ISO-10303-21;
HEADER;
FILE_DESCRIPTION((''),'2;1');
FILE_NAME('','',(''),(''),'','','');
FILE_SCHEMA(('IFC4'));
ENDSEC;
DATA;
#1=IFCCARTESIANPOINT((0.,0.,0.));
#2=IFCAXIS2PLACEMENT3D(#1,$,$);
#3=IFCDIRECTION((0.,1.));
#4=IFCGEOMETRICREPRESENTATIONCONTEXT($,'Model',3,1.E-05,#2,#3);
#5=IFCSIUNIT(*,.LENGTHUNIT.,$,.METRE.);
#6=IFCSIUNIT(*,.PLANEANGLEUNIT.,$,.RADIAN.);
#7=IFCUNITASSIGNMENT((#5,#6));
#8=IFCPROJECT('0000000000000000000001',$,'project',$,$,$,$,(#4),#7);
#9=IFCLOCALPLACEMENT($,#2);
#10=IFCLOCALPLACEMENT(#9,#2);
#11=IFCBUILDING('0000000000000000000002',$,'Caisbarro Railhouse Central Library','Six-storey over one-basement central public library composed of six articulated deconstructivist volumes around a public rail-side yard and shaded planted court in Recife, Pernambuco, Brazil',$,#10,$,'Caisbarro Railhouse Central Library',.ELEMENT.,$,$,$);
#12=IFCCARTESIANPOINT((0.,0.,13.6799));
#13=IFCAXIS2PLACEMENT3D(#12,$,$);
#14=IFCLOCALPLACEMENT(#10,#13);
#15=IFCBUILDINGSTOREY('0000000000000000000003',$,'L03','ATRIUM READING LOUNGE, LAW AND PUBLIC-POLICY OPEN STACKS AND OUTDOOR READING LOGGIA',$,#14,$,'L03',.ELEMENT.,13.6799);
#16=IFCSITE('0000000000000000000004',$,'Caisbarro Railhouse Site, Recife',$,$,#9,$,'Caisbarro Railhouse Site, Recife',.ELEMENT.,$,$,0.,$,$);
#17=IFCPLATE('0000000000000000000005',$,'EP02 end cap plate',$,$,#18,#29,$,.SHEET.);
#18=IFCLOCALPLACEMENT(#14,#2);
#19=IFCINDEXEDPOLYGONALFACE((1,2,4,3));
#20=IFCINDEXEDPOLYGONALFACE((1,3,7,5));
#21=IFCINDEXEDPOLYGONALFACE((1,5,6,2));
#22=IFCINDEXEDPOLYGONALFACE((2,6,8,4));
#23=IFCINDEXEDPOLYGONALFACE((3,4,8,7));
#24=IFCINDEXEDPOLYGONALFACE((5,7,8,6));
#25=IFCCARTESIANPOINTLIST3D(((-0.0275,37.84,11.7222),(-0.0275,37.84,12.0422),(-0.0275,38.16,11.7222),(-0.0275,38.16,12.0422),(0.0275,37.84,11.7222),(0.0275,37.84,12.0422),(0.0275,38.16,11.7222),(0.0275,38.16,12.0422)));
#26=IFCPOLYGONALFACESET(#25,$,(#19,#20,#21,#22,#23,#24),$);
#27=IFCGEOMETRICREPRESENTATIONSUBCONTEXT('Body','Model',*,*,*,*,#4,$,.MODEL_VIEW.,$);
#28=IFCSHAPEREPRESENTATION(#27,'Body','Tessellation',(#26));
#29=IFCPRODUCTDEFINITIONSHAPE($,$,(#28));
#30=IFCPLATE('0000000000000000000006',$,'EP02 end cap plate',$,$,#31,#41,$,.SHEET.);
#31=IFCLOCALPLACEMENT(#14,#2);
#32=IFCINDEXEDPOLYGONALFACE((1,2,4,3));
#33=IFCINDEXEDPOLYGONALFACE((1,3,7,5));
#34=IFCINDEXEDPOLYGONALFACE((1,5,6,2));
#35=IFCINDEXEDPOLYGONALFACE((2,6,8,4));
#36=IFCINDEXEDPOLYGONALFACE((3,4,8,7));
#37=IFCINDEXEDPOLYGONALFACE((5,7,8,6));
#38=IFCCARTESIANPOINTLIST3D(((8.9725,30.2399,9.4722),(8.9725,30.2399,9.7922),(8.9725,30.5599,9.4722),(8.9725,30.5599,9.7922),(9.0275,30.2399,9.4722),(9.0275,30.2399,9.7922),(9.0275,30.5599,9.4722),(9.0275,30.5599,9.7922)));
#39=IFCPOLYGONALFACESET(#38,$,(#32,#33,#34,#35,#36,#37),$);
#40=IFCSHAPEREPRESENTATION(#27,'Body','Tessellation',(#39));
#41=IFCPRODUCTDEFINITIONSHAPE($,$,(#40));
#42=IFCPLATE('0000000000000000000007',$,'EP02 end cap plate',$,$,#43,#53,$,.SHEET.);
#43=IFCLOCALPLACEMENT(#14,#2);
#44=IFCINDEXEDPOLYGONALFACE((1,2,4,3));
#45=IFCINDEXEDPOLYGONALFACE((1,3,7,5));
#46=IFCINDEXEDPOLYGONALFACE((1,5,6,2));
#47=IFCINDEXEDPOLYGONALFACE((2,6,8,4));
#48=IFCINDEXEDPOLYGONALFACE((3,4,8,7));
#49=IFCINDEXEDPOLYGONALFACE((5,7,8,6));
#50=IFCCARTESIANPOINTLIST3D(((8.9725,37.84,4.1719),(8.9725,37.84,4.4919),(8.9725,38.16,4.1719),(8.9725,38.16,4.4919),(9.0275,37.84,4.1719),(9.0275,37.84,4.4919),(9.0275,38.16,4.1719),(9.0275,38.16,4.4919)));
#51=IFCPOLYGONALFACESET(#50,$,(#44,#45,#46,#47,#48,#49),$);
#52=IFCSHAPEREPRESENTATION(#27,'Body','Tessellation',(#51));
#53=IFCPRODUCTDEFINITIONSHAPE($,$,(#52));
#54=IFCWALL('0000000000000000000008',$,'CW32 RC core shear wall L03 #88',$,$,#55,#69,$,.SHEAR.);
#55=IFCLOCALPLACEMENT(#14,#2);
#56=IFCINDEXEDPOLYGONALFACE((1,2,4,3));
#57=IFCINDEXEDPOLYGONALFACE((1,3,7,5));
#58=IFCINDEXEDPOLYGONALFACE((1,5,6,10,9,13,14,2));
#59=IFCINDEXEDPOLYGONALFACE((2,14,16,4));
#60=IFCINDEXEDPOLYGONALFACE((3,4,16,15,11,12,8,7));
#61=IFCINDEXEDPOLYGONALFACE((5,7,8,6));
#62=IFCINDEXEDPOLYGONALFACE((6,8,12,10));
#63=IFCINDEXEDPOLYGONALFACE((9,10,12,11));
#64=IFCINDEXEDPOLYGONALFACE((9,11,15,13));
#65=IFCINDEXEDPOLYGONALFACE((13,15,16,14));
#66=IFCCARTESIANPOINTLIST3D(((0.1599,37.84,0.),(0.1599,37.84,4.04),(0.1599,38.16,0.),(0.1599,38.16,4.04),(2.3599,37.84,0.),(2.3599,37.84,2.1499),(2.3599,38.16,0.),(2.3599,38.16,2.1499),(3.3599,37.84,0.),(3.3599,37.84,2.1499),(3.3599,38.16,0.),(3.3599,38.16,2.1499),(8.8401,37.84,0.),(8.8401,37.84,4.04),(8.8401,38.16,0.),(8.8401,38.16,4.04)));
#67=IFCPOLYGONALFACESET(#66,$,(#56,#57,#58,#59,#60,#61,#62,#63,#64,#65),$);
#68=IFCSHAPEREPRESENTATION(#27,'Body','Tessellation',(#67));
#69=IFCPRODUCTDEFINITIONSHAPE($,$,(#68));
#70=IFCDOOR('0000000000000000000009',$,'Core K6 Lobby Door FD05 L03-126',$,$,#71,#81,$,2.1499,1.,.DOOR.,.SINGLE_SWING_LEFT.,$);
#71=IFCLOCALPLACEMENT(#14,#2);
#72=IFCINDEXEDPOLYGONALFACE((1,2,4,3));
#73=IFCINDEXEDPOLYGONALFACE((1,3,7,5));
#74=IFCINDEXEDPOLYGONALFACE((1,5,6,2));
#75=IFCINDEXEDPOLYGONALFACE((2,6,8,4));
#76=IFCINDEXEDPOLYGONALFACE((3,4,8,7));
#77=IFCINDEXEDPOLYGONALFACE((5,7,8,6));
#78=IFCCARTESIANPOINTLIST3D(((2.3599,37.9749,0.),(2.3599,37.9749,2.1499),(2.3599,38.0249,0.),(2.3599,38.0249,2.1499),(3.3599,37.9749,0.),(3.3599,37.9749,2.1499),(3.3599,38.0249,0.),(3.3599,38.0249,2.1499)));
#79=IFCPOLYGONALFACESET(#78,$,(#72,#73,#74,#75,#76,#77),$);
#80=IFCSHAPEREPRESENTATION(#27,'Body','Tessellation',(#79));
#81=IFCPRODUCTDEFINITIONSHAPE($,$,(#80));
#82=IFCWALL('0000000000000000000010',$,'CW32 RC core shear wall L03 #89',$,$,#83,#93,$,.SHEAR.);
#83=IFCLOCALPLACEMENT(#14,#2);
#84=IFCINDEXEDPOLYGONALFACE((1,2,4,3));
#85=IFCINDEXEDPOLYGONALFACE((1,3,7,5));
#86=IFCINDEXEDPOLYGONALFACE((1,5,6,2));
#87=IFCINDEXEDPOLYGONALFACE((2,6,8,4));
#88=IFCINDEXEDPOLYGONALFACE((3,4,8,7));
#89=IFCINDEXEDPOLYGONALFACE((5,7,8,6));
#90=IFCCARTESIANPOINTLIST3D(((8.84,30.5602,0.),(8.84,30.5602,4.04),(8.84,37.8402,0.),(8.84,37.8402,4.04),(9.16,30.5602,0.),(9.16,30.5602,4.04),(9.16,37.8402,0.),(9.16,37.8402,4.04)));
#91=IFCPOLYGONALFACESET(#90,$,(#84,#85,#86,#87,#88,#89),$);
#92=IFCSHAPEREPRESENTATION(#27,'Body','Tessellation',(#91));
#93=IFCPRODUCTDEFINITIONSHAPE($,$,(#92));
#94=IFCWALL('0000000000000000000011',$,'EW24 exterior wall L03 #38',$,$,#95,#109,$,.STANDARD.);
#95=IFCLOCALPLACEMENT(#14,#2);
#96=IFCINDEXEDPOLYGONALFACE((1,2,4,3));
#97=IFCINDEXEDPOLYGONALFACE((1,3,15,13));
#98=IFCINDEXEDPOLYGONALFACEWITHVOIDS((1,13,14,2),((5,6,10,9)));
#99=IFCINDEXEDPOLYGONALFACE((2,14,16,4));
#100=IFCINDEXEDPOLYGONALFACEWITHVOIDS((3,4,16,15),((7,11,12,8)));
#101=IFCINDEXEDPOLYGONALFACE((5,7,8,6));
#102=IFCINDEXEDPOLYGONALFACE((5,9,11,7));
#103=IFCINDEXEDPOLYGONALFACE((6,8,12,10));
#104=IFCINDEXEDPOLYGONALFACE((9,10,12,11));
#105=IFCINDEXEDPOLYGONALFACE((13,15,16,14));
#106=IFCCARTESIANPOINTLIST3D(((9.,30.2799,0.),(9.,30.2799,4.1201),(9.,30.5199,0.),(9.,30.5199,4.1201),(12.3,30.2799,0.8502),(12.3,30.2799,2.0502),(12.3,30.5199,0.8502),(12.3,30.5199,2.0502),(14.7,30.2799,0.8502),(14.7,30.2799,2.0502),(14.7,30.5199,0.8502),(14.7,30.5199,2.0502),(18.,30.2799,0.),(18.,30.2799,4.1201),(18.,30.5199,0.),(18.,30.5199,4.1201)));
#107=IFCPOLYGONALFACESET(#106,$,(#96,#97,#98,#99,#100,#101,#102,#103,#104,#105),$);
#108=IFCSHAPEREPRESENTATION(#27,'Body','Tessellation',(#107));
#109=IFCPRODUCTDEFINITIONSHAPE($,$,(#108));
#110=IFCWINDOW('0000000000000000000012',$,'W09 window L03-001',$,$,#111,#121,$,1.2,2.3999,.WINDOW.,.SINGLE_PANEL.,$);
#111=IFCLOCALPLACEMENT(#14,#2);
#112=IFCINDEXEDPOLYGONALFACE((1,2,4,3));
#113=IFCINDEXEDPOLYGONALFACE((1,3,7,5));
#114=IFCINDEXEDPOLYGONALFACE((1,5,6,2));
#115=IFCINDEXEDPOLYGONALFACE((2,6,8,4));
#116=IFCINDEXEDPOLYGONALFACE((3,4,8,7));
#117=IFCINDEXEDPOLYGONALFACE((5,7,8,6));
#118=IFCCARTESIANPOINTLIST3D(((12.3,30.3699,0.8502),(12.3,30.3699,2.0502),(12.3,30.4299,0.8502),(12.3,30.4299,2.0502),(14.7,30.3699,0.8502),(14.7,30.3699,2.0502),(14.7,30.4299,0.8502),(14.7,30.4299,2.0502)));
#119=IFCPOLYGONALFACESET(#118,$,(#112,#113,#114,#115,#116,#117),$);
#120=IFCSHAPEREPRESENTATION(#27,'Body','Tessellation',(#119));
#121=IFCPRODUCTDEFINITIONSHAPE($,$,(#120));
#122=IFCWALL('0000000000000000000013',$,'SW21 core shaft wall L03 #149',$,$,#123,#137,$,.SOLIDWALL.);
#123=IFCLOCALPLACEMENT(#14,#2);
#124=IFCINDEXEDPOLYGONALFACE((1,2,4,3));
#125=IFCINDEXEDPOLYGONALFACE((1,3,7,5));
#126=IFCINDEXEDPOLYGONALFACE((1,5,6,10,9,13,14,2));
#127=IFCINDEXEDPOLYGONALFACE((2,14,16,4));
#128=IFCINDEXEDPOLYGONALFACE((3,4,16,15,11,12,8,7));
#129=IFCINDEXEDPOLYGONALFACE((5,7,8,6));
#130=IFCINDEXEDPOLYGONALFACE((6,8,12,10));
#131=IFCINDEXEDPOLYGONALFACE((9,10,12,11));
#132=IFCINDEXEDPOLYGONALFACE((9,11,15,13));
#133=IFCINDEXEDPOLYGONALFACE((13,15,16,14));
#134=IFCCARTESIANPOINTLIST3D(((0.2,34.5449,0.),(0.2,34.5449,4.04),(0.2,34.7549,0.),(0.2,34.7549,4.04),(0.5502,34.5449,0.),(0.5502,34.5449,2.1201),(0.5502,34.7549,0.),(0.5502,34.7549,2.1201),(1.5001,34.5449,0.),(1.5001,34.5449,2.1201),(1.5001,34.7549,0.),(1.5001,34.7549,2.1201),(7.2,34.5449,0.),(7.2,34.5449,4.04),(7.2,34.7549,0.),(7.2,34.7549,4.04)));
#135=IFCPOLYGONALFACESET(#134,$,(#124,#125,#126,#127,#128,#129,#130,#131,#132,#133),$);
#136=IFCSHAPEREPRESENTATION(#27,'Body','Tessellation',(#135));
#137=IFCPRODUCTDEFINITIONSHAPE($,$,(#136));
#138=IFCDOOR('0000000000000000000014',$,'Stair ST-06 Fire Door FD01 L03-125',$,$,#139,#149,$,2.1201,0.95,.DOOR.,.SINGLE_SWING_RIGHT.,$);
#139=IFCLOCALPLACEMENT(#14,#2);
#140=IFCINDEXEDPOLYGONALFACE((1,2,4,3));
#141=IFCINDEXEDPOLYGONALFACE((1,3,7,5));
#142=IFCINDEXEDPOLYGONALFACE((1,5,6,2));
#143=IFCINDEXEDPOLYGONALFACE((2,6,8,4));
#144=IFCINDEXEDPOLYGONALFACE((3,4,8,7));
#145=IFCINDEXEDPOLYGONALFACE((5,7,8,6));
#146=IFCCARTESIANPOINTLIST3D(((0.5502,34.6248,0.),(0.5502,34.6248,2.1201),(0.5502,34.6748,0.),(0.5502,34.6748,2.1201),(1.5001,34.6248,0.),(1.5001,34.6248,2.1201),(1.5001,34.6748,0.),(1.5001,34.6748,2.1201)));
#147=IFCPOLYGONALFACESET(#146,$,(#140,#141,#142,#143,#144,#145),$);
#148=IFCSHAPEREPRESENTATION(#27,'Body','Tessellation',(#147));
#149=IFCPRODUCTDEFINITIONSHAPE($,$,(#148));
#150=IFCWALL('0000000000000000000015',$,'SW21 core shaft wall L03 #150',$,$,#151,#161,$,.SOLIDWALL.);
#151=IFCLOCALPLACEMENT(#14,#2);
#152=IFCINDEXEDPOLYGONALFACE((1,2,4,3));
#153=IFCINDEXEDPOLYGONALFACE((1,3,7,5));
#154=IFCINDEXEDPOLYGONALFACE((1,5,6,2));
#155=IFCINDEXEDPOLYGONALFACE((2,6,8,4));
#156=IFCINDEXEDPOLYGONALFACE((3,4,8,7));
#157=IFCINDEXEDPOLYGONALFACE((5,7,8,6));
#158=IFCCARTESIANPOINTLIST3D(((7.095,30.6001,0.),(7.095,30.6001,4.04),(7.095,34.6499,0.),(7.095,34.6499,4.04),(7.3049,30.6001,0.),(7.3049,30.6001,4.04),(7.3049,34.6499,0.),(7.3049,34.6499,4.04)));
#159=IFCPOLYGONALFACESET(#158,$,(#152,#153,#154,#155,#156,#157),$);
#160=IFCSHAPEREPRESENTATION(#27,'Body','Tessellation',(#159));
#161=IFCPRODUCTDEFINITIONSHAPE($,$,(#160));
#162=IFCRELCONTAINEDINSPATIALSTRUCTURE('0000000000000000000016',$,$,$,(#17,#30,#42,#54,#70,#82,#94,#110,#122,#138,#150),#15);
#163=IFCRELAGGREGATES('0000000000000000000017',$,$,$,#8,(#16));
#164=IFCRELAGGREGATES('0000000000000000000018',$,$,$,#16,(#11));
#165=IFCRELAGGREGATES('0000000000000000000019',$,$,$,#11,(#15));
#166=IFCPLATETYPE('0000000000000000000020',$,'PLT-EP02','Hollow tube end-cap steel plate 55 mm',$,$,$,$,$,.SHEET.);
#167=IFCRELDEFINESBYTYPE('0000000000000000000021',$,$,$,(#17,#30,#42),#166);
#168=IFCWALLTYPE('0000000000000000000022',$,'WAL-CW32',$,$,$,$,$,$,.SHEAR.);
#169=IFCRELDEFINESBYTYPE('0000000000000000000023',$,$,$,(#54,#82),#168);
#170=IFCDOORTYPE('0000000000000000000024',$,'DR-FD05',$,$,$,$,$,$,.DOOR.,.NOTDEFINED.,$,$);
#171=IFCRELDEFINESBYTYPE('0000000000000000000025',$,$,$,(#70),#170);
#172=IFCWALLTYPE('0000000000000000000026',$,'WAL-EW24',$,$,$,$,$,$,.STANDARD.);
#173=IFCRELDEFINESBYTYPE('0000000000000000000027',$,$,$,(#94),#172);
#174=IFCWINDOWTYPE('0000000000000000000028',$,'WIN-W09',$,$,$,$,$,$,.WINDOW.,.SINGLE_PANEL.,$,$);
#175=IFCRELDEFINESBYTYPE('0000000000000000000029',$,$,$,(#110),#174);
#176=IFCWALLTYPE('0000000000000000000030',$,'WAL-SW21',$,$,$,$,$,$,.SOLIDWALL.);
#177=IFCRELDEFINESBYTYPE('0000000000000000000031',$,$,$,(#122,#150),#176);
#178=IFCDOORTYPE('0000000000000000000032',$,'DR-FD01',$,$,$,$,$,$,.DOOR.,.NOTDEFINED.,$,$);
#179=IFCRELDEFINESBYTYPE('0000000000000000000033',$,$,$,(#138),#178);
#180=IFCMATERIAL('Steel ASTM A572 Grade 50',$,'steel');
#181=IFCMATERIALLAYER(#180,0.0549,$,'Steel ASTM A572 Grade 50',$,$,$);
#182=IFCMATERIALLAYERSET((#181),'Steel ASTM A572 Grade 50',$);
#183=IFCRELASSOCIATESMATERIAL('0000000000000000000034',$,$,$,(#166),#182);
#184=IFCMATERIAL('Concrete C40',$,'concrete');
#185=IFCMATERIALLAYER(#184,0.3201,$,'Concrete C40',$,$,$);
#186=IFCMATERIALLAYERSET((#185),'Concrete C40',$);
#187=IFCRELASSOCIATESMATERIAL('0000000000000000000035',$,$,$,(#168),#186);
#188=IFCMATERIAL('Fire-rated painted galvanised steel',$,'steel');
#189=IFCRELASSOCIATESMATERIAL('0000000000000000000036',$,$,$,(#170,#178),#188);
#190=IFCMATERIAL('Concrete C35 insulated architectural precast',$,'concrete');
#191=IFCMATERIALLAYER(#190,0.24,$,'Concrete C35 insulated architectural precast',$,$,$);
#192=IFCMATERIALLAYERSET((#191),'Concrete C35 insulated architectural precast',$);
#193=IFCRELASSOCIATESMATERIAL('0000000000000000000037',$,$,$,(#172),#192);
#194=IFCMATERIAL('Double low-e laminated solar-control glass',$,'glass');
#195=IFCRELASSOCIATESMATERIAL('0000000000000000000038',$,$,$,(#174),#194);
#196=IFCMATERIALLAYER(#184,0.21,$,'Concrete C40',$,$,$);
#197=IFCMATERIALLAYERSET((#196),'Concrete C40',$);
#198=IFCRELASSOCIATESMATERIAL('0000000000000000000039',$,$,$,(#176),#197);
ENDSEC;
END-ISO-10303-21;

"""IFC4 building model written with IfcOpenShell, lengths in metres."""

from ifc_helpers import new_model, si_unit, direction, frame, frame_2d, origin, origin_2d, place, context, subcontext, project, spatial, rectangle, extrude, material, layer, layer_set, type_object, element, fill, save


model = new_model("IFC4")

# Units and contexts
model_context = context("Model", 3, precision=1e-05, world=origin(), true_north=direction((0.0, 1.0)))
body_context = subcontext(model_context, "Body", "Model", "MODEL_VIEW")
ifc_project = project(units=[si_unit("LENGTHUNIT", "METRE"), si_unit("PLANEANGLEUNIT", "RADIAN")], contexts=[model_context])

# Site, building, storey
site_placement = place(None, origin())
site = spatial("IfcSite", under=ifc_project, at=site_placement, Name="Caisbarro Railhouse Site, Recife", LongName="Caisbarro Railhouse Site, Recife", CompositionType="ELEMENT", RefElevation=0.0)
building_placement = place(site_placement, origin())
building = spatial("IfcBuilding", under=site, at=building_placement, Name="Caisbarro Railhouse Central Library", Description="Six-storey over one-basement central public library composed of six articulated deconstructivist volumes around a public rail-side yard and shaded planted court in Recife, Pernambuco, Brazil", LongName="Caisbarro Railhouse Central Library", CompositionType="ELEMENT")
storey_placement = place(building_placement, frame((0.0, 0.0, 13.6799)))
storey = spatial("IfcBuildingStorey", under=building, at=storey_placement, Name="L03", Description="ATRIUM READING LOUNGE, LAW AND PUBLIC-POLICY OPEN STACKS AND OUTDOOR READING LOGGIA", LongName="L03", CompositionType="ELEMENT", Elevation=13.6799)

# Shared definitions
ifc_material_1 = material(Name="Steel ASTM A572 Grade 50", Category="steel")

# Shared definitions
ifc_material_2 = material(Name="Concrete C40", Category="concrete")

# Shared definitions
ifc_material_3 = material(Name="Double low-e laminated solar-control glass", Category="glass")

# Plates
ifc_layer_1 = layer(ifc_material_1, 0.0549, Name="Steel ASTM A572 Grade 50")
ifc_layer_set_1 = layer_set([ifc_layer_1], Name="Steel ASTM A572 Grade 50")
plate_type_1 = type_object("IfcPlateType", Name="PLT-EP02", Description="Hollow tube end-cap steel plate 55 mm", PredefinedType="SHEET", material=ifc_layer_set_1)
for number, where, z_axis, x_axis, name in (
    (1, (0.0, 38.0, 11.7222), (0.0, 0.0, 1.0), (1.0, 0.0, 0.0), "EP02 end cap plate"),
    (2, (9.0, 30.3999, 9.4722), (0.0, 0.0, 1.0), (1.0, 0.0, 0.0), "EP02 end cap plate"),
    (3, (9.0, 38.0, 4.1719), (0.0, 0.0, 1.0), (1.0, 0.0, 0.0), "EP02 end cap plate"),
):
    element("IfcPlate", number, at=place(storey_placement, frame(where, z_axis=z_axis, x_axis=x_axis)), inside=storey, type_object=plate_type_1, Name=name, PredefinedType="SHEET", context=body_context, shape_type="SweptSolid", body=[
        extrude(rectangle(XDim=0.0549, YDim=0.3201, at=origin_2d()), origin(), (0.0, 0.0, 1.0), 0.3201),
    ])

# Wall, opening, door
ifc_layer_2 = layer(ifc_material_2, 0.3201, Name="Concrete C40")
ifc_layer_set_2 = layer_set([ifc_layer_2], Name="Concrete C40")
wall_type_1 = type_object("IfcWallType", Name="WAL-CW32", PredefinedType="SHEAR", material=ifc_layer_set_2)
wall_1_placement = place(storey_placement, frame((0.1599, 38.0, 0.0), z_axis=(0.0, 0.0, 1.0), x_axis=(1.0, 0.0, 0.0)))
wall_1 = element("IfcWall", 4, at=wall_1_placement, inside=storey, type_object=wall_type_1, Name="CW32 RC core shear wall L03 #88", PredefinedType="SHEAR", context=body_context, shape_type="SweptSolid", body=[
    extrude(rectangle(XDim=8.6802, YDim=0.3201, at=frame_2d((4.3401, 0.0))), origin(), (0.0, 0.0, 1.0), 4.04),
])
opening_1_placement = place(wall_1_placement, frame((2.2, 0.0, 0.0)))
opening_1 = element("IfcOpeningElement", 5, at=opening_1_placement, cuts=wall_1, PredefinedType="OPENING", context=body_context, shape_type="SweptSolid", body=[
    extrude(rectangle(XDim=1.0, YDim=2.1499, at=frame_2d((0.5, 1.075))), frame((0.0, 0.1699, 0.0), z_axis=(0.0, -1.0, 0.0), x_axis=(1.0, 0.0, 0.0)), (0.0, 0.0, 1.0), 0.3401),
])
ifc_material_4 = material(Name="Fire-rated painted galvanised steel", Category="steel")
door_type_1 = type_object("IfcDoorType", Name="DR-FD05", OperationType="NOTDEFINED", PredefinedType="DOOR", material=ifc_material_4)
door_1_placement = place(opening_1_placement, origin())
door_1 = element("IfcDoor", 6, at=door_1_placement, inside=storey, type_object=door_type_1, Name="Core K6 Lobby Door FD05 L03-126", OperationType="SINGLE_SWING_LEFT", OverallHeight=2.1499, OverallWidth=1.0, PredefinedType="DOOR", context=body_context, shape_type="SweptSolid", body=[
    extrude(rectangle(XDim=1.0, YDim=2.1499, at=frame_2d((0.5, 1.075))), frame((0.0, 0.0249, 0.0), z_axis=(0.0, -1.0, 0.0), x_axis=(1.0, 0.0, 0.0)), (0.0, 0.0, 1.0), 0.05),
])
fill(opening_1, door_1)

# Wall
wall_2_placement = place(storey_placement, frame((9.0, 30.5601, 0.0), z_axis=(0.0, 0.0, 1.0), x_axis=(0.0, 1.0, 0.0)))
element("IfcWall", 7, at=wall_2_placement, inside=storey, type_object=wall_type_1, Name="CW32 RC core shear wall L03 #89", PredefinedType="SHEAR", context=body_context, shape_type="SweptSolid", body=[
    extrude(rectangle(XDim=7.28, YDim=0.3201, at=frame_2d((3.6401, 0.0))), origin(), (0.0, 0.0, 1.0), 4.04),
])

# Wall, opening, window
ifc_material_5 = material(Name="Concrete C35 insulated architectural precast", Category="concrete")
ifc_layer_3 = layer(ifc_material_5, 0.24, Name="Concrete C35 insulated architectural precast")
ifc_layer_set_3 = layer_set([ifc_layer_3], Name="Concrete C35 insulated architectural precast")
wall_type_2 = type_object("IfcWallType", Name="WAL-EW24", PredefinedType="STANDARD", material=ifc_layer_set_3)
wall_3_placement = place(storey_placement, frame((9.0, 30.3999, 0.0), z_axis=(0.0, 0.0, 1.0), x_axis=(1.0, 0.0, 0.0)))
wall_3 = element("IfcWall", 8, at=wall_3_placement, inside=storey, type_object=wall_type_2, Name="EW24 exterior wall L03 #38", PredefinedType="STANDARD", context=body_context, shape_type="SweptSolid", body=[
    extrude(rectangle(XDim=9.0, YDim=0.24, at=frame_2d((4.5, 0.0))), origin(), (0.0, 0.0, 1.0), 4.1201),
])
opening_2_placement = place(wall_3_placement, frame((3.3, 0.0, 0.8501)))
opening_2 = element("IfcOpeningElement", 9, at=opening_2_placement, cuts=wall_3, PredefinedType="OPENING", context=body_context, shape_type="SweptSolid", body=[
    extrude(rectangle(XDim=2.3999, YDim=1.2, at=frame_2d((1.2, 0.6001))), frame((0.0, 0.1299, 0.0), z_axis=(0.0, -1.0, 0.0), x_axis=(1.0, 0.0, 0.0)), (0.0, 0.0, 1.0), 0.26),
])
window_type = type_object("IfcWindowType", Name="WIN-W09", PartitioningType="SINGLE_PANEL", PredefinedType="WINDOW", material=ifc_material_3)
window_placement = place(opening_2_placement, origin())
window = element("IfcWindow", 10, at=window_placement, inside=storey, type_object=window_type, Name="W09 window L03-001", OverallHeight=1.2, OverallWidth=2.3999, PartitioningType="SINGLE_PANEL", PredefinedType="WINDOW", context=body_context, shape_type="SweptSolid", body=[
    extrude(rectangle(XDim=2.3999, YDim=1.2, at=frame_2d((1.2, 0.6001))), frame((0.0, 0.03, 0.0), z_axis=(0.0, -1.0, 0.0), x_axis=(1.0, 0.0, 0.0)), (0.0, 0.0, 1.0), 0.0601),
])
fill(opening_2, window)

# Wall, opening, door
ifc_layer_4 = layer(ifc_material_2, 0.21, Name="Concrete C40")
ifc_layer_set_4 = layer_set([ifc_layer_4], Name="Concrete C40")
wall_type_3 = type_object("IfcWallType", Name="WAL-SW21", PredefinedType="SOLIDWALL", material=ifc_layer_set_4)
wall_4_placement = place(storey_placement, frame((0.2, 34.6499, 0.0), z_axis=(0.0, 0.0, 1.0), x_axis=(1.0, 0.0, 0.0)))
wall_4 = element("IfcWall", 11, at=wall_4_placement, inside=storey, type_object=wall_type_3, Name="SW21 core shaft wall L03 #149", PredefinedType="SOLIDWALL", context=body_context, shape_type="SweptSolid", body=[
    extrude(rectangle(XDim=7.0, YDim=0.21, at=frame_2d((3.5, 0.0))), origin(), (0.0, 0.0, 1.0), 4.04),
])
opening_3_placement = place(wall_4_placement, frame((0.3501, 0.0, 0.0)))
opening_3 = element("IfcOpeningElement", 12, at=opening_3_placement, cuts=wall_4, PredefinedType="OPENING", context=body_context, shape_type="SweptSolid", body=[
    extrude(rectangle(XDim=0.95, YDim=2.1201, at=frame_2d((0.4751, 1.0601))), frame((0.0, 0.115, 0.0), z_axis=(0.0, -1.0, 0.0), x_axis=(1.0, 0.0, 0.0)), (0.0, 0.0, 1.0), 0.23),
])
door_type_2 = type_object("IfcDoorType", Name="DR-FD01", OperationType="NOTDEFINED", PredefinedType="DOOR", material=ifc_material_4)
door_2_placement = place(opening_3_placement, origin())
door_2 = element("IfcDoor", 13, at=door_2_placement, inside=storey, type_object=door_type_2, Name="Stair ST-06 Fire Door FD01 L03-125", OperationType="SINGLE_SWING_RIGHT", OverallHeight=2.1201, OverallWidth=0.95, PredefinedType="DOOR", context=body_context, shape_type="SweptSolid", body=[
    extrude(rectangle(XDim=0.95, YDim=2.1201, at=frame_2d((0.4751, 1.0601))), frame((0.0, 0.0249, 0.0), z_axis=(0.0, -1.0, 0.0), x_axis=(1.0, 0.0, 0.0)), (0.0, 0.0, 1.0), 0.05),
])
fill(opening_3, door_2)

# Wall
wall_5_placement = place(storey_placement, frame((7.2, 30.6001, 0.0), z_axis=(0.0, 0.0, 1.0), x_axis=(0.0, 1.0, 0.0)))
element("IfcWall", 14, at=wall_5_placement, inside=storey, type_object=wall_type_3, Name="SW21 core shaft wall L03 #150", PredefinedType="SOLIDWALL", context=body_context, shape_type="SweptSolid", body=[
    extrude(rectangle(XDim=4.0498, YDim=0.21, at=frame_2d((2.0249, 0.0))), origin(), (0.0, 0.0, 1.0), 4.04),
])

save(model, "model.ifc")
